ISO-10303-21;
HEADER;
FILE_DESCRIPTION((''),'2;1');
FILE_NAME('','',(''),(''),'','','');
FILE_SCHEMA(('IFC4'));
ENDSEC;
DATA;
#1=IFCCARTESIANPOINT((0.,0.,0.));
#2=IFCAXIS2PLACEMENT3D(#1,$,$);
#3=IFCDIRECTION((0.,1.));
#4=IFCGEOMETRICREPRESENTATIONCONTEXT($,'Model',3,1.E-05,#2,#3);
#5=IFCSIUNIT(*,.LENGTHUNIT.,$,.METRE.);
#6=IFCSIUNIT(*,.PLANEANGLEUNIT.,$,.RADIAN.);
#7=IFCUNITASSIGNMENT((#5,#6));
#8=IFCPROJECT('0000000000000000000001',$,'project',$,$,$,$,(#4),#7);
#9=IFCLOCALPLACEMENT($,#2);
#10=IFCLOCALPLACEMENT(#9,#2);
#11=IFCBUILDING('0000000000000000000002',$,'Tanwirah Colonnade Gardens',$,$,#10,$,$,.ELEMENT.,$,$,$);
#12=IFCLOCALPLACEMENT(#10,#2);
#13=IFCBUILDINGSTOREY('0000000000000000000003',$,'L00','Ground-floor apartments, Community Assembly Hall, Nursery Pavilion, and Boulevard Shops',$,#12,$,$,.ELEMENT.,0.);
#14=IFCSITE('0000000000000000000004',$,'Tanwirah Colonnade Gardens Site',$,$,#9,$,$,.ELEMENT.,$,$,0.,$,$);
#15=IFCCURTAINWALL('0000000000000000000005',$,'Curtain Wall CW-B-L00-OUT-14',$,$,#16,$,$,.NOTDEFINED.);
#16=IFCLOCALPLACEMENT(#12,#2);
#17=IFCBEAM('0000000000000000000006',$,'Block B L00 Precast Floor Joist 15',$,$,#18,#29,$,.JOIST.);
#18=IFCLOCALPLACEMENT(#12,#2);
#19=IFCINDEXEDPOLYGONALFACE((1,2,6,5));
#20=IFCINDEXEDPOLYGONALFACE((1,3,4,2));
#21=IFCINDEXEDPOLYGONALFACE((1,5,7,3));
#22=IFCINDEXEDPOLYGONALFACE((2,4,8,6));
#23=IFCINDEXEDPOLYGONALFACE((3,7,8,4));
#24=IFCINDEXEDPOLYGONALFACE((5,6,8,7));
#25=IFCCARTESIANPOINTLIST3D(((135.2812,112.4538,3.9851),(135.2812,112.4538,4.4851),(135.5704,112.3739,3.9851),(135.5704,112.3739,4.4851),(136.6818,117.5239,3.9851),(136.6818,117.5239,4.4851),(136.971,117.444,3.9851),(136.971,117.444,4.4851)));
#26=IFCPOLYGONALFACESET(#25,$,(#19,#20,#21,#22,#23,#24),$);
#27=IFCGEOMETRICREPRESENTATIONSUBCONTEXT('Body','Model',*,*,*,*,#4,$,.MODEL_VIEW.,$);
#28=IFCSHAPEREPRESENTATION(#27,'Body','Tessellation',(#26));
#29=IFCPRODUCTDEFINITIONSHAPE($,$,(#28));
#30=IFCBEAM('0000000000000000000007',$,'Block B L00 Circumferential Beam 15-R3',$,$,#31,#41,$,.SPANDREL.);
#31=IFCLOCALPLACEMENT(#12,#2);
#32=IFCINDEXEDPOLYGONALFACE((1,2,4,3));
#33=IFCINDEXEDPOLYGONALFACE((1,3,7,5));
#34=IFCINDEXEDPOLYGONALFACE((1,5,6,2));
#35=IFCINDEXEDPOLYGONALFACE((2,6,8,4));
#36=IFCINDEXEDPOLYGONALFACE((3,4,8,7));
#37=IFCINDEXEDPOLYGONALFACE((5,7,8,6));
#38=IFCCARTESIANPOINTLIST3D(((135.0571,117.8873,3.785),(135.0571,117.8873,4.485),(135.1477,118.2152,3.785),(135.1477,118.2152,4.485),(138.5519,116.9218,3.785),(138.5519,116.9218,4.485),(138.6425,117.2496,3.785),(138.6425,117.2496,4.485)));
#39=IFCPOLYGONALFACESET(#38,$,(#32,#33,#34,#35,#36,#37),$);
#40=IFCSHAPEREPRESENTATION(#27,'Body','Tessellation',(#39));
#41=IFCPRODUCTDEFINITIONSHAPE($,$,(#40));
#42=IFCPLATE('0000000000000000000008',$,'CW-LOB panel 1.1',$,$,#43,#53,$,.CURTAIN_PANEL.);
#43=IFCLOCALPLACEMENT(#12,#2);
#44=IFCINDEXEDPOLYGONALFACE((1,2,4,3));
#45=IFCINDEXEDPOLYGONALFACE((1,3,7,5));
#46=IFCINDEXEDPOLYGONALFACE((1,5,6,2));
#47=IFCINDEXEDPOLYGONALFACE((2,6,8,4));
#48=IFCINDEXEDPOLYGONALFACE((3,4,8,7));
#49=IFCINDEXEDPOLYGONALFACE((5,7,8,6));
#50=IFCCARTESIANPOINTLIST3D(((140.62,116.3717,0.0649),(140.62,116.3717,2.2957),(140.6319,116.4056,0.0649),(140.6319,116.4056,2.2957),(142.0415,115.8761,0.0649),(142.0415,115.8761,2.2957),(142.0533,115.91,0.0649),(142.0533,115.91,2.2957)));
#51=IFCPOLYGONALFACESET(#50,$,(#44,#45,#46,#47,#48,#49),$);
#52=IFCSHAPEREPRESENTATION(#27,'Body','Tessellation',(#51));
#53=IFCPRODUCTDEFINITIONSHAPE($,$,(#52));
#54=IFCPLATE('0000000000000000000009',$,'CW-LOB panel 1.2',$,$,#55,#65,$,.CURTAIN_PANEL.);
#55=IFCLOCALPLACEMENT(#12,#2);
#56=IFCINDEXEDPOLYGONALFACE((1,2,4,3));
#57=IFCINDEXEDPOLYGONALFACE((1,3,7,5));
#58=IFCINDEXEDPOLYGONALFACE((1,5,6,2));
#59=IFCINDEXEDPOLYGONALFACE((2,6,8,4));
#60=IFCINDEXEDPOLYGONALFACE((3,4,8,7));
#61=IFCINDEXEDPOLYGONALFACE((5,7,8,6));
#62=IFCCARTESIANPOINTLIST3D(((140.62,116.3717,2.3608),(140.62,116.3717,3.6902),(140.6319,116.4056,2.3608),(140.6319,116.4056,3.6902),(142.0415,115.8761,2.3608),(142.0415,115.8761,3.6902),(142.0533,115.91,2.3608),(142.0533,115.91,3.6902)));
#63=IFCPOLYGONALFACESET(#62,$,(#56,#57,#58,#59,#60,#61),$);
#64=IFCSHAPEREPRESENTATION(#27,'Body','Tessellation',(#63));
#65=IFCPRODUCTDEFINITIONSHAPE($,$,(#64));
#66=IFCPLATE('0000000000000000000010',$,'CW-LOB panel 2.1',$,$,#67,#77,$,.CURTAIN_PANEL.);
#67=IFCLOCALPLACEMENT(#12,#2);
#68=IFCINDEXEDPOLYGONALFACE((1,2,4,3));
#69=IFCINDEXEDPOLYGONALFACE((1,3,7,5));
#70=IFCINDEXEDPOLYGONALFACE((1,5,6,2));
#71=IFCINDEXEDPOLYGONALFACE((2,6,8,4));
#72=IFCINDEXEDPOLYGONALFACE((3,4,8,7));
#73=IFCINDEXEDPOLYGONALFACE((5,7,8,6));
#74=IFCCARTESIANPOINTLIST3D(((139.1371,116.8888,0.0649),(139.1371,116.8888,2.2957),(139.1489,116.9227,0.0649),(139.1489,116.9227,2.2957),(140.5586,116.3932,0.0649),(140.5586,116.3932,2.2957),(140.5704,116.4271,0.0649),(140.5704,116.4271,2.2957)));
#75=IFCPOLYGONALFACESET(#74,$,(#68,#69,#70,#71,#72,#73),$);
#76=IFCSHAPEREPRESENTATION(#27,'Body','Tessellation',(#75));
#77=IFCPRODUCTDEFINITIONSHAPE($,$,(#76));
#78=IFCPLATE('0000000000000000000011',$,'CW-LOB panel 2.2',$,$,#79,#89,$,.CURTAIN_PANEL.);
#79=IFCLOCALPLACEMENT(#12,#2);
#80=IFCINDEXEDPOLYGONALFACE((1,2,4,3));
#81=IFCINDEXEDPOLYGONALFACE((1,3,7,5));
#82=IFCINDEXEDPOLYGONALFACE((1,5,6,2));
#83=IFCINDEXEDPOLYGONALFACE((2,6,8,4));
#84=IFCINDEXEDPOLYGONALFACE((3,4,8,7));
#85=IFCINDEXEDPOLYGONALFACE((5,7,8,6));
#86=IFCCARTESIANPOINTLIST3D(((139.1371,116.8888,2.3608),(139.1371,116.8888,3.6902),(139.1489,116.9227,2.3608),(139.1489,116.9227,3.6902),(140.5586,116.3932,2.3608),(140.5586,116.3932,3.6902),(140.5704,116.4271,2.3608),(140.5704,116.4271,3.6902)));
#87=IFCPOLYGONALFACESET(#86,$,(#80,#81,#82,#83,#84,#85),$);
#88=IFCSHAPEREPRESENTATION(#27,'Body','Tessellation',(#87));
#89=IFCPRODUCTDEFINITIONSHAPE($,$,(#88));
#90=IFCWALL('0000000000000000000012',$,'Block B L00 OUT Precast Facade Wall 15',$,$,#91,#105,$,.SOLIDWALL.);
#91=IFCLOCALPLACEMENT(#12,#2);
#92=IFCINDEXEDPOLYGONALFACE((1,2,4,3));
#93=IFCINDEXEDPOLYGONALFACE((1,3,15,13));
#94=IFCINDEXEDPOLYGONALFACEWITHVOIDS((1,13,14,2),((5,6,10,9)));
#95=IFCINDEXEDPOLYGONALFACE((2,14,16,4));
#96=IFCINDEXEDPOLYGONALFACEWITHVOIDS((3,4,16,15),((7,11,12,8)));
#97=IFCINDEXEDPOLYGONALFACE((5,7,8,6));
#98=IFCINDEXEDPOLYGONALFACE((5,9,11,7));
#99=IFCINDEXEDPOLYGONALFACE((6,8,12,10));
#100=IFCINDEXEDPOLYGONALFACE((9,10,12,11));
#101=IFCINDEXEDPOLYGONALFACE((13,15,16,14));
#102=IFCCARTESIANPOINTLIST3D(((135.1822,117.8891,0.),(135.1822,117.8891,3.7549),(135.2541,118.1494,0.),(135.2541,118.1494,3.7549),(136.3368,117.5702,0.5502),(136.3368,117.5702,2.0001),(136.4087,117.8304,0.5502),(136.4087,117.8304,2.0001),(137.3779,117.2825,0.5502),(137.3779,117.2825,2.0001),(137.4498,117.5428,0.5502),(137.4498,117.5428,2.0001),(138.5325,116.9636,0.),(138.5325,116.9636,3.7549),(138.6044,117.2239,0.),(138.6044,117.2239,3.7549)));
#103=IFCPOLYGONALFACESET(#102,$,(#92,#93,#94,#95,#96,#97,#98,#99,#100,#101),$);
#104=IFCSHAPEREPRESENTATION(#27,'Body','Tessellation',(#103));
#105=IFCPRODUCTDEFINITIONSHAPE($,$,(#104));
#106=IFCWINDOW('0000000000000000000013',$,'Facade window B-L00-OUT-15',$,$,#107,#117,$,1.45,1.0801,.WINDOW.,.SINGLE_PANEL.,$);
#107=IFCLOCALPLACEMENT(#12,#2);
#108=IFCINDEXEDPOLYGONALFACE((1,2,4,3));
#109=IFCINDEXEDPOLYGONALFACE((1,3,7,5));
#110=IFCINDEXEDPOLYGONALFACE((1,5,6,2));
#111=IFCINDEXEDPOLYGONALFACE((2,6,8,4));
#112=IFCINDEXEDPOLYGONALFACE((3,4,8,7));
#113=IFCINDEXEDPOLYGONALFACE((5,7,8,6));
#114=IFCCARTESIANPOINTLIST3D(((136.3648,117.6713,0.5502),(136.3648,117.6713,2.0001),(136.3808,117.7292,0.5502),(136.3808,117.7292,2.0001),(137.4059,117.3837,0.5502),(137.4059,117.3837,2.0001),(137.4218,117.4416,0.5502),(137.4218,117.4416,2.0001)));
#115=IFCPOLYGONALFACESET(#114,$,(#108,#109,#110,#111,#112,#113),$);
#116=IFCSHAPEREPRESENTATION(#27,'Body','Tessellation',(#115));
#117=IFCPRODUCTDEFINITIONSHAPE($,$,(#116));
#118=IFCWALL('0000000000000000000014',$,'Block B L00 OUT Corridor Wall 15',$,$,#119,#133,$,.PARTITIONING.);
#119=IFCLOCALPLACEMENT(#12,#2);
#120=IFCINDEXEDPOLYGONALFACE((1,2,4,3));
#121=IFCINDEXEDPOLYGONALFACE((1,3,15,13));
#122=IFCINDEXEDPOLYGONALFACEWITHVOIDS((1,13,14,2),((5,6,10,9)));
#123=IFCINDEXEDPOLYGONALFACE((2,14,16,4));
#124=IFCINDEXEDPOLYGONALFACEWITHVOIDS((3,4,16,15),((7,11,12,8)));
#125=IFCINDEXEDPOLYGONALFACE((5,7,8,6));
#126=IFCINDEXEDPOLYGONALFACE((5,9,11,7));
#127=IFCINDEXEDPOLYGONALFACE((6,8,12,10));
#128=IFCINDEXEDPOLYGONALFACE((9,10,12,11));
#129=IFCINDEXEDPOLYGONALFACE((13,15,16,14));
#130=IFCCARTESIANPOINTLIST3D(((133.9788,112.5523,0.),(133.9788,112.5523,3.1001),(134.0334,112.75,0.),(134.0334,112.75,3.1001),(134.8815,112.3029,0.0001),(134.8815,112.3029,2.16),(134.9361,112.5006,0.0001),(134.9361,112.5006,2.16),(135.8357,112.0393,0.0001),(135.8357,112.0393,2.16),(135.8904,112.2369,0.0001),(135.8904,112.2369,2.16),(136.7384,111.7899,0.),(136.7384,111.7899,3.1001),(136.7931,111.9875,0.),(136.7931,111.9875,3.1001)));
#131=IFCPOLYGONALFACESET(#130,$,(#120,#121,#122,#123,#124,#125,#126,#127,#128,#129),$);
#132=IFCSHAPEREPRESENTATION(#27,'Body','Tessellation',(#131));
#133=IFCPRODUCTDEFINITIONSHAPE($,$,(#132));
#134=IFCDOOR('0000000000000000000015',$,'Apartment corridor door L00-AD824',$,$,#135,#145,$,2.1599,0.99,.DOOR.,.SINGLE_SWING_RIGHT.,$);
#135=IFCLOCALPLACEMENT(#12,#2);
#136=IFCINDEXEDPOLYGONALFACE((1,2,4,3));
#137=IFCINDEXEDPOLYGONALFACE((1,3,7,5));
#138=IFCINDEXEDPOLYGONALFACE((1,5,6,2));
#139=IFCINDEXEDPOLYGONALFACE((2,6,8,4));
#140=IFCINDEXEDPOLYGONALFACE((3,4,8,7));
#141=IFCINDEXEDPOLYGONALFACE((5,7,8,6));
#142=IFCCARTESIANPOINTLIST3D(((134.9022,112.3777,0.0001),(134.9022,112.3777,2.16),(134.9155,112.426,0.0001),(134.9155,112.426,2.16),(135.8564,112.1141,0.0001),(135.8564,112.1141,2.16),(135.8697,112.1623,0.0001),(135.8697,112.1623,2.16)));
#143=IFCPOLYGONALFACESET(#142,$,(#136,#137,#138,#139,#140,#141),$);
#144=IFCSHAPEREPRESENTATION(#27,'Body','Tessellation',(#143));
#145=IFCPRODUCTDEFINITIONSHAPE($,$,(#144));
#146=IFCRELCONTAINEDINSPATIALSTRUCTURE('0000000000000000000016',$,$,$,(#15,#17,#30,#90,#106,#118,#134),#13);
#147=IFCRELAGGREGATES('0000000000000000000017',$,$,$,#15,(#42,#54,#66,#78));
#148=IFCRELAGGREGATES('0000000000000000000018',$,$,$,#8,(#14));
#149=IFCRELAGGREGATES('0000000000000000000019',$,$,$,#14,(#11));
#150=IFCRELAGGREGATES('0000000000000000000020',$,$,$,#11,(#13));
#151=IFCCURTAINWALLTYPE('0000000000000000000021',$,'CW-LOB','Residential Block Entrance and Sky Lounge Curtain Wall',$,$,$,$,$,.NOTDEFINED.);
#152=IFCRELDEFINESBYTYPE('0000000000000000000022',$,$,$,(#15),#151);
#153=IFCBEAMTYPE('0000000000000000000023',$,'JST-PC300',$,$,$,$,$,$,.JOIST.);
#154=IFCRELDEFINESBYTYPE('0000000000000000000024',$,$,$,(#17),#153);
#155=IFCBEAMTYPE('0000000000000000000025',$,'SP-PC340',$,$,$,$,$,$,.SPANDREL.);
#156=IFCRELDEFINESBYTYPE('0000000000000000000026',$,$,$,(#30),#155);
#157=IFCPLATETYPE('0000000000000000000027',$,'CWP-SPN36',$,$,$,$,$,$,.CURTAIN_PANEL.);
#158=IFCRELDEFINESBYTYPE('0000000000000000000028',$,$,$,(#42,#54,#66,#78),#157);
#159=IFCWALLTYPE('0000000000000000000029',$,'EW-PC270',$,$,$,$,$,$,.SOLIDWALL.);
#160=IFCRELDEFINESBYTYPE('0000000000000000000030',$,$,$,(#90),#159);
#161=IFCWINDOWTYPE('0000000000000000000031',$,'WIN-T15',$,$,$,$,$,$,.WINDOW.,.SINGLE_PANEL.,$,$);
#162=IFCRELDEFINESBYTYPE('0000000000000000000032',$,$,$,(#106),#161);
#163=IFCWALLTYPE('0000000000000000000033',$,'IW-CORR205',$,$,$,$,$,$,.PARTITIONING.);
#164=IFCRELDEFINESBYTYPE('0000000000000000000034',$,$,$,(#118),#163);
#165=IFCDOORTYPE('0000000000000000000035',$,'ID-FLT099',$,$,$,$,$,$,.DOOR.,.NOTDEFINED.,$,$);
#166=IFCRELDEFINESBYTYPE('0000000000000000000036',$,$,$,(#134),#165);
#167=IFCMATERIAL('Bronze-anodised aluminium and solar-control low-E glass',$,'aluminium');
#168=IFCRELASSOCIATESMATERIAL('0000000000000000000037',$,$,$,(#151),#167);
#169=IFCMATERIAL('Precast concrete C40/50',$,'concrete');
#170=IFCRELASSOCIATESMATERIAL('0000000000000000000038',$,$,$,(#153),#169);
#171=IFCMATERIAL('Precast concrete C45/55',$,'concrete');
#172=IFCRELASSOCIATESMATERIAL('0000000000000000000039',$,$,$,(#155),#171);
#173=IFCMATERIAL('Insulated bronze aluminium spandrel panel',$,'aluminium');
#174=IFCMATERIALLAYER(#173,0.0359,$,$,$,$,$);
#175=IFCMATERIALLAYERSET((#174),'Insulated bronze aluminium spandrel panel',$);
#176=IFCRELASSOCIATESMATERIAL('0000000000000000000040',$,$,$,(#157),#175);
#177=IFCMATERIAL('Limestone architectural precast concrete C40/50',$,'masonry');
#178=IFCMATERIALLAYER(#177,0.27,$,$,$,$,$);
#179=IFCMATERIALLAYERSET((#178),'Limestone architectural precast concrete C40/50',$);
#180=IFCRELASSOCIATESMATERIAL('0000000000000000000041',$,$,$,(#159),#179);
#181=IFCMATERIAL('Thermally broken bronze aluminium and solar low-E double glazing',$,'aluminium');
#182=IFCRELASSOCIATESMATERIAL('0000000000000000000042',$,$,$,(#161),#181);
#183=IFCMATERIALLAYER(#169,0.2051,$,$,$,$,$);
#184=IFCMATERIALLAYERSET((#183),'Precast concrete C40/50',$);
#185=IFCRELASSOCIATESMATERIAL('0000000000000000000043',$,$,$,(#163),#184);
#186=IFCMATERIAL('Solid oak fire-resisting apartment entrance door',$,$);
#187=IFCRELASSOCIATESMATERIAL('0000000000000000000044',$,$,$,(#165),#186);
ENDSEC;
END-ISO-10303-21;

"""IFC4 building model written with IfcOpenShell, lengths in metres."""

from ifc_helpers import new_model, si_unit, direction, frame, frame_2d, origin, origin_2d, place, context, subcontext, project, spatial, rectangle, extrude, material, layer, layer_set, material_profile, profile_set, type_object, element, fill, aggregate, save


model = new_model("IFC4")

# Units and contexts
model_context = context("Model", 3, precision=1e-05, world=origin(), true_north=direction((0.0, 1.0)))
body_context = subcontext(model_context, "Body", "Model", "MODEL_VIEW")
ifc_project = project(units=[si_unit("LENGTHUNIT", "METRE"), si_unit("PLANEANGLEUNIT", "RADIAN")], contexts=[model_context])

# Site, building, storey
site_placement = place(None, origin())
site = spatial("IfcSite", under=ifc_project, at=site_placement, Name="Tanwirah Colonnade Gardens Site", CompositionType="ELEMENT", RefElevation=0.0)
building_placement = place(site_placement, origin())
building = spatial("IfcBuilding", under=site, at=building_placement, Name="Tanwirah Colonnade Gardens", CompositionType="ELEMENT")
storey_placement = place(building_placement, origin())
storey = spatial("IfcBuildingStorey", under=building, at=storey_placement, Name="L00", Description="Ground-floor apartments, Community Assembly Hall, Nursery Pavilion, and Boulevard Shops", CompositionType="ELEMENT", Elevation=0.0)

# Shared definitions
ifc_material_1 = material(Name="Precast concrete C45/55", Category="concrete")

# Shared definitions
ifc_material_2 = material(Name="Precast concrete C40/50", Category="concrete")

# Curtain wall
ifc_material_3 = material(Name="Bronze-anodised aluminium and solar-control low-E glass", Category="aluminium")
curtain_wall_type = type_object("IfcCurtainWallType", Name="CW-LOB", Description="Residential Block Entrance and Sky Lounge Curtain Wall", PredefinedType="NOTDEFINED", material=ifc_material_3)
curtain_wall_placement = place(storey_placement, origin())
curtain_wall = element("IfcCurtainWall", 1, at=curtain_wall_placement, inside=storey, type_object=curtain_wall_type, Name="Curtain Wall CW-B-L00-OUT-14", PredefinedType="NOTDEFINED")

# Beams
ifc_material_profile_1 = material_profile(ifc_material_2, rectangle(XDim=0.3, YDim=0.5, at=origin_2d()), Name="PC-JST 300x500")
ifc_profile_set_1 = profile_set([ifc_material_profile_1], Name="Precast concrete C40/50")
beam_type_1 = type_object("IfcBeamType", Name="JST-PC300", PredefinedType="JOIST", material=ifc_profile_set_1)
beam_1_placement = place(storey_placement, frame((135.4258, 112.4138, 4.2351), z_axis=(0.266281, 0.963895, 0.0), x_axis=(-0.963895, 0.266281, 0.0)))
element("IfcBeam", 2, at=beam_1_placement, inside=storey, type_object=beam_type_1, Name="Block B L00 Precast Floor Joist 15", PredefinedType="JOIST", context=body_context, shape_type="SweptSolid", body=[
    extrude(rectangle(XDim=0.3, YDim=0.5, at=origin_2d()), origin(), (0.0, 0.0, 1.0), 5.26),
])
ifc_material_profile_2 = material_profile(ifc_material_1, rectangle(XDim=0.3401, YDim=0.7, at=origin_2d()), Name="PC-SP 340x700")
ifc_profile_set_2 = profile_set([ifc_material_profile_2], Name="Precast concrete C45/55")
beam_type_2 = type_object("IfcBeamType", Name="SP-PC340", PredefinedType="SPANDREL", material=ifc_profile_set_2)
beam_2_placement = place(storey_placement, frame((138.5972, 117.0857, 4.135), z_axis=(-0.963888, 0.266307, 0.0), x_axis=(-0.266307, -0.963888, 0.0)))
element("IfcBeam", 3, at=beam_2_placement, inside=storey, type_object=beam_type_2, Name="Block B L00 Circumferential Beam 15-R3", PredefinedType="SPANDREL", context=body_context, shape_type="SweptSolid", body=[
    extrude(rectangle(XDim=0.3401, YDim=0.7, at=origin_2d()), origin(), (0.0, 0.0, 1.0), 3.6257),
])

# Plates
ifc_material_4 = material(Name="Insulated bronze aluminium spandrel panel", Category="aluminium")
ifc_layer_1 = layer(ifc_material_4, 0.0359)
ifc_layer_set_1 = layer_set([ifc_layer_1], Name="Insulated bronze aluminium spandrel panel")
plate_type = type_object("IfcPlateType", Name="CWP-SPN36", PredefinedType="CURTAIN_PANEL", material=ifc_layer_set_1)
plate_1_placement = place(storey_placement, frame((141.3367, 116.1409, 0.0649), z_axis=(0.0, 0.0, 1.0), x_axis=(-0.944249, 0.329232, 0.0)))
plate_1 = element("IfcPlate", 4, at=plate_1_placement, type_object=plate_type, Name="CW-LOB panel 1.1", PredefinedType="CURTAIN_PANEL", context=body_context, shape_type="SweptSolid", body=[
    extrude(rectangle(XDim=1.5054, YDim=0.0359, at=origin_2d()), origin(), (0.0, 0.0, 1.0), 2.2307),
])
plate_2_placement = place(storey_placement, frame((141.3367, 116.1409, 2.3608), z_axis=(0.0, 0.0, 1.0), x_axis=(-0.944249, 0.329232, 0.0)))
plate_2 = element("IfcPlate", 5, at=plate_2_placement, type_object=plate_type, Name="CW-LOB panel 1.2", PredefinedType="CURTAIN_PANEL", context=body_context, shape_type="SweptSolid", body=[
    extrude(rectangle(XDim=1.5054, YDim=0.0359, at=origin_2d()), origin(), (0.0, 0.0, 1.0), 1.3293),
])
plate_3_placement = place(storey_placement, frame((139.8538, 116.658, 0.0649), z_axis=(0.0, 0.0, 1.0), x_axis=(-0.944249, 0.329232, 0.0)))
plate_3 = element("IfcPlate", 6, at=plate_3_placement, type_object=plate_type, Name="CW-LOB panel 2.1", PredefinedType="CURTAIN_PANEL", context=body_context, shape_type="SweptSolid", body=[
    extrude(rectangle(XDim=1.5054, YDim=0.0359, at=origin_2d()), origin(), (0.0, 0.0, 1.0), 2.2307),
])
plate_4_placement = place(storey_placement, frame((139.8538, 116.658, 2.3608), z_axis=(0.0, 0.0, 1.0), x_axis=(-0.944249, 0.329232, 0.0)))
plate_4 = element("IfcPlate", 7, at=plate_4_placement, type_object=plate_type, Name="CW-LOB panel 2.2", PredefinedType="CURTAIN_PANEL", context=body_context, shape_type="SweptSolid", body=[
    extrude(rectangle(XDim=1.5054, YDim=0.0359, at=origin_2d()), origin(), (0.0, 0.0, 1.0), 1.3293),
])
aggregate(curtain_wall, [plate_1, plate_2, plate_3, plate_4])

# Wall, opening, window
ifc_material_5 = material(Name="Limestone architectural precast concrete C40/50", Category="masonry")
ifc_layer_2 = layer(ifc_material_5, 0.27)
ifc_layer_set_2 = layer_set([ifc_layer_2], Name="Limestone architectural precast concrete C40/50")
wall_type_1 = type_object("IfcWallType", Name="EW-PC270", PredefinedType="SOLIDWALL", material=ifc_layer_set_2)
wall_1_placement = place(storey_placement, frame((138.5684, 117.0938, 0.0), z_axis=(0.0, 0.0, 1.0), x_axis=(-0.963896, 0.266278, 0.0)))
wall_1 = element("IfcWall", 8, at=wall_1_placement, inside=storey, type_object=wall_type_1, Name="Block B L00 OUT Precast Facade Wall 15", PredefinedType="SOLIDWALL", context=body_context, shape_type="SweptSolid", body=[
    extrude(rectangle(XDim=3.4758, YDim=0.27, at=frame_2d((1.7378, 0.0))), origin(), (0.0, 0.0, 1.0), 3.7549),
])
opening_1_placement = place(wall_1_placement, frame((1.1978, 0.0, 0.55)))
opening_1 = element("IfcOpeningElement", 9, at=opening_1_placement, cuts=wall_1, PredefinedType="OPENING", context=body_context, shape_type="SweptSolid", body=[
    extrude(rectangle(XDim=1.0801, YDim=1.45, at=frame_2d((0.54, 0.7251))), frame((0.0, 0.145, 0.0), z_axis=(0.0, -1.0, 0.0), x_axis=(1.0, 0.0, 0.0)), (0.0, 0.0, 1.0), 0.29),
])
ifc_material_6 = material(Name="Thermally broken bronze aluminium and solar low-E double glazing", Category="aluminium")
window_type = type_object("IfcWindowType", Name="WIN-T15", PartitioningType="SINGLE_PANEL", PredefinedType="WINDOW", material=ifc_material_6)
window_placement = place(opening_1_placement, origin())
window = element("IfcWindow", 10, at=window_placement, inside=storey, type_object=window_type, Name="Facade window B-L00-OUT-15", OverallHeight=1.45, OverallWidth=1.0801, PartitioningType="SINGLE_PANEL", PredefinedType="WINDOW", context=body_context, shape_type="SweptSolid", body=[
    extrude(rectangle(XDim=1.0801, YDim=1.45, at=frame_2d((0.54, 0.7251))), frame((0.0, 0.03, 0.0), z_axis=(0.0, -1.0, 0.0), x_axis=(1.0, 0.0, 0.0)), (0.0, 0.0, 1.0), 0.0601),
])
fill(opening_1, window)

# Wall, opening, door
ifc_layer_3 = layer(ifc_material_2, 0.2051)
ifc_layer_set_3 = layer_set([ifc_layer_3], Name="Precast concrete C40/50")
wall_type_2 = type_object("IfcWallType", Name="IW-CORR205", PredefinedType="PARTITIONING", material=ifc_layer_set_3)
wall_2_placement = place(storey_placement, frame((136.7659, 111.8887, 0.0), z_axis=(0.0, 0.0, 1.0), x_axis=(-0.963891, 0.266298, 0.0)))
wall_2 = element("IfcWall", 11, at=wall_2_placement, inside=storey, type_object=wall_type_2, Name="Block B L00 OUT Corridor Wall 15", PredefinedType="PARTITIONING", context=body_context, shape_type="SweptSolid", body=[
    extrude(rectangle(XDim=2.863, YDim=0.2051, at=frame_2d((1.4316, 0.0))), origin(), (0.0, 0.0, 1.0), 3.1001),
])
opening_2_placement = place(wall_2_placement, frame((0.9365, 0.0, 0.0)))
opening_2 = element("IfcOpeningElement", 12, at=opening_2_placement, cuts=wall_2, PredefinedType="OPENING", context=body_context, shape_type="SweptSolid", body=[
    extrude(rectangle(XDim=0.99, YDim=2.1599, at=frame_2d((0.4951, 1.0801))), frame((0.0, 0.1125, 0.0), z_axis=(0.0, -1.0, 0.0), x_axis=(1.0, 0.0, 0.0)), (0.0, 0.0, 1.0), 0.2251),
])
ifc_material_7 = material(Name="Solid oak fire-resisting apartment entrance door")
door_type = type_object("IfcDoorType", Name="ID-FLT099", OperationType="NOTDEFINED", PredefinedType="DOOR", material=ifc_material_7)
door_placement = place(opening_2_placement, origin())
door = element("IfcDoor", 13, at=door_placement, inside=storey, type_object=door_type, Name="Apartment corridor door L00-AD824", OperationType="SINGLE_SWING_RIGHT", OverallHeight=2.1599, OverallWidth=0.99, PredefinedType="DOOR", context=body_context, shape_type="SweptSolid", body=[
    extrude(rectangle(XDim=0.99, YDim=2.1599, at=frame_2d((0.4951, 1.0801))), frame((0.0, 0.0249, 0.0), z_axis=(0.0, -1.0, 0.0), x_axis=(1.0, 0.0, 0.0)), (0.0, 0.0, 1.0), 0.05),
])
fill(opening_2, door)

save(model, "model.ifc")
